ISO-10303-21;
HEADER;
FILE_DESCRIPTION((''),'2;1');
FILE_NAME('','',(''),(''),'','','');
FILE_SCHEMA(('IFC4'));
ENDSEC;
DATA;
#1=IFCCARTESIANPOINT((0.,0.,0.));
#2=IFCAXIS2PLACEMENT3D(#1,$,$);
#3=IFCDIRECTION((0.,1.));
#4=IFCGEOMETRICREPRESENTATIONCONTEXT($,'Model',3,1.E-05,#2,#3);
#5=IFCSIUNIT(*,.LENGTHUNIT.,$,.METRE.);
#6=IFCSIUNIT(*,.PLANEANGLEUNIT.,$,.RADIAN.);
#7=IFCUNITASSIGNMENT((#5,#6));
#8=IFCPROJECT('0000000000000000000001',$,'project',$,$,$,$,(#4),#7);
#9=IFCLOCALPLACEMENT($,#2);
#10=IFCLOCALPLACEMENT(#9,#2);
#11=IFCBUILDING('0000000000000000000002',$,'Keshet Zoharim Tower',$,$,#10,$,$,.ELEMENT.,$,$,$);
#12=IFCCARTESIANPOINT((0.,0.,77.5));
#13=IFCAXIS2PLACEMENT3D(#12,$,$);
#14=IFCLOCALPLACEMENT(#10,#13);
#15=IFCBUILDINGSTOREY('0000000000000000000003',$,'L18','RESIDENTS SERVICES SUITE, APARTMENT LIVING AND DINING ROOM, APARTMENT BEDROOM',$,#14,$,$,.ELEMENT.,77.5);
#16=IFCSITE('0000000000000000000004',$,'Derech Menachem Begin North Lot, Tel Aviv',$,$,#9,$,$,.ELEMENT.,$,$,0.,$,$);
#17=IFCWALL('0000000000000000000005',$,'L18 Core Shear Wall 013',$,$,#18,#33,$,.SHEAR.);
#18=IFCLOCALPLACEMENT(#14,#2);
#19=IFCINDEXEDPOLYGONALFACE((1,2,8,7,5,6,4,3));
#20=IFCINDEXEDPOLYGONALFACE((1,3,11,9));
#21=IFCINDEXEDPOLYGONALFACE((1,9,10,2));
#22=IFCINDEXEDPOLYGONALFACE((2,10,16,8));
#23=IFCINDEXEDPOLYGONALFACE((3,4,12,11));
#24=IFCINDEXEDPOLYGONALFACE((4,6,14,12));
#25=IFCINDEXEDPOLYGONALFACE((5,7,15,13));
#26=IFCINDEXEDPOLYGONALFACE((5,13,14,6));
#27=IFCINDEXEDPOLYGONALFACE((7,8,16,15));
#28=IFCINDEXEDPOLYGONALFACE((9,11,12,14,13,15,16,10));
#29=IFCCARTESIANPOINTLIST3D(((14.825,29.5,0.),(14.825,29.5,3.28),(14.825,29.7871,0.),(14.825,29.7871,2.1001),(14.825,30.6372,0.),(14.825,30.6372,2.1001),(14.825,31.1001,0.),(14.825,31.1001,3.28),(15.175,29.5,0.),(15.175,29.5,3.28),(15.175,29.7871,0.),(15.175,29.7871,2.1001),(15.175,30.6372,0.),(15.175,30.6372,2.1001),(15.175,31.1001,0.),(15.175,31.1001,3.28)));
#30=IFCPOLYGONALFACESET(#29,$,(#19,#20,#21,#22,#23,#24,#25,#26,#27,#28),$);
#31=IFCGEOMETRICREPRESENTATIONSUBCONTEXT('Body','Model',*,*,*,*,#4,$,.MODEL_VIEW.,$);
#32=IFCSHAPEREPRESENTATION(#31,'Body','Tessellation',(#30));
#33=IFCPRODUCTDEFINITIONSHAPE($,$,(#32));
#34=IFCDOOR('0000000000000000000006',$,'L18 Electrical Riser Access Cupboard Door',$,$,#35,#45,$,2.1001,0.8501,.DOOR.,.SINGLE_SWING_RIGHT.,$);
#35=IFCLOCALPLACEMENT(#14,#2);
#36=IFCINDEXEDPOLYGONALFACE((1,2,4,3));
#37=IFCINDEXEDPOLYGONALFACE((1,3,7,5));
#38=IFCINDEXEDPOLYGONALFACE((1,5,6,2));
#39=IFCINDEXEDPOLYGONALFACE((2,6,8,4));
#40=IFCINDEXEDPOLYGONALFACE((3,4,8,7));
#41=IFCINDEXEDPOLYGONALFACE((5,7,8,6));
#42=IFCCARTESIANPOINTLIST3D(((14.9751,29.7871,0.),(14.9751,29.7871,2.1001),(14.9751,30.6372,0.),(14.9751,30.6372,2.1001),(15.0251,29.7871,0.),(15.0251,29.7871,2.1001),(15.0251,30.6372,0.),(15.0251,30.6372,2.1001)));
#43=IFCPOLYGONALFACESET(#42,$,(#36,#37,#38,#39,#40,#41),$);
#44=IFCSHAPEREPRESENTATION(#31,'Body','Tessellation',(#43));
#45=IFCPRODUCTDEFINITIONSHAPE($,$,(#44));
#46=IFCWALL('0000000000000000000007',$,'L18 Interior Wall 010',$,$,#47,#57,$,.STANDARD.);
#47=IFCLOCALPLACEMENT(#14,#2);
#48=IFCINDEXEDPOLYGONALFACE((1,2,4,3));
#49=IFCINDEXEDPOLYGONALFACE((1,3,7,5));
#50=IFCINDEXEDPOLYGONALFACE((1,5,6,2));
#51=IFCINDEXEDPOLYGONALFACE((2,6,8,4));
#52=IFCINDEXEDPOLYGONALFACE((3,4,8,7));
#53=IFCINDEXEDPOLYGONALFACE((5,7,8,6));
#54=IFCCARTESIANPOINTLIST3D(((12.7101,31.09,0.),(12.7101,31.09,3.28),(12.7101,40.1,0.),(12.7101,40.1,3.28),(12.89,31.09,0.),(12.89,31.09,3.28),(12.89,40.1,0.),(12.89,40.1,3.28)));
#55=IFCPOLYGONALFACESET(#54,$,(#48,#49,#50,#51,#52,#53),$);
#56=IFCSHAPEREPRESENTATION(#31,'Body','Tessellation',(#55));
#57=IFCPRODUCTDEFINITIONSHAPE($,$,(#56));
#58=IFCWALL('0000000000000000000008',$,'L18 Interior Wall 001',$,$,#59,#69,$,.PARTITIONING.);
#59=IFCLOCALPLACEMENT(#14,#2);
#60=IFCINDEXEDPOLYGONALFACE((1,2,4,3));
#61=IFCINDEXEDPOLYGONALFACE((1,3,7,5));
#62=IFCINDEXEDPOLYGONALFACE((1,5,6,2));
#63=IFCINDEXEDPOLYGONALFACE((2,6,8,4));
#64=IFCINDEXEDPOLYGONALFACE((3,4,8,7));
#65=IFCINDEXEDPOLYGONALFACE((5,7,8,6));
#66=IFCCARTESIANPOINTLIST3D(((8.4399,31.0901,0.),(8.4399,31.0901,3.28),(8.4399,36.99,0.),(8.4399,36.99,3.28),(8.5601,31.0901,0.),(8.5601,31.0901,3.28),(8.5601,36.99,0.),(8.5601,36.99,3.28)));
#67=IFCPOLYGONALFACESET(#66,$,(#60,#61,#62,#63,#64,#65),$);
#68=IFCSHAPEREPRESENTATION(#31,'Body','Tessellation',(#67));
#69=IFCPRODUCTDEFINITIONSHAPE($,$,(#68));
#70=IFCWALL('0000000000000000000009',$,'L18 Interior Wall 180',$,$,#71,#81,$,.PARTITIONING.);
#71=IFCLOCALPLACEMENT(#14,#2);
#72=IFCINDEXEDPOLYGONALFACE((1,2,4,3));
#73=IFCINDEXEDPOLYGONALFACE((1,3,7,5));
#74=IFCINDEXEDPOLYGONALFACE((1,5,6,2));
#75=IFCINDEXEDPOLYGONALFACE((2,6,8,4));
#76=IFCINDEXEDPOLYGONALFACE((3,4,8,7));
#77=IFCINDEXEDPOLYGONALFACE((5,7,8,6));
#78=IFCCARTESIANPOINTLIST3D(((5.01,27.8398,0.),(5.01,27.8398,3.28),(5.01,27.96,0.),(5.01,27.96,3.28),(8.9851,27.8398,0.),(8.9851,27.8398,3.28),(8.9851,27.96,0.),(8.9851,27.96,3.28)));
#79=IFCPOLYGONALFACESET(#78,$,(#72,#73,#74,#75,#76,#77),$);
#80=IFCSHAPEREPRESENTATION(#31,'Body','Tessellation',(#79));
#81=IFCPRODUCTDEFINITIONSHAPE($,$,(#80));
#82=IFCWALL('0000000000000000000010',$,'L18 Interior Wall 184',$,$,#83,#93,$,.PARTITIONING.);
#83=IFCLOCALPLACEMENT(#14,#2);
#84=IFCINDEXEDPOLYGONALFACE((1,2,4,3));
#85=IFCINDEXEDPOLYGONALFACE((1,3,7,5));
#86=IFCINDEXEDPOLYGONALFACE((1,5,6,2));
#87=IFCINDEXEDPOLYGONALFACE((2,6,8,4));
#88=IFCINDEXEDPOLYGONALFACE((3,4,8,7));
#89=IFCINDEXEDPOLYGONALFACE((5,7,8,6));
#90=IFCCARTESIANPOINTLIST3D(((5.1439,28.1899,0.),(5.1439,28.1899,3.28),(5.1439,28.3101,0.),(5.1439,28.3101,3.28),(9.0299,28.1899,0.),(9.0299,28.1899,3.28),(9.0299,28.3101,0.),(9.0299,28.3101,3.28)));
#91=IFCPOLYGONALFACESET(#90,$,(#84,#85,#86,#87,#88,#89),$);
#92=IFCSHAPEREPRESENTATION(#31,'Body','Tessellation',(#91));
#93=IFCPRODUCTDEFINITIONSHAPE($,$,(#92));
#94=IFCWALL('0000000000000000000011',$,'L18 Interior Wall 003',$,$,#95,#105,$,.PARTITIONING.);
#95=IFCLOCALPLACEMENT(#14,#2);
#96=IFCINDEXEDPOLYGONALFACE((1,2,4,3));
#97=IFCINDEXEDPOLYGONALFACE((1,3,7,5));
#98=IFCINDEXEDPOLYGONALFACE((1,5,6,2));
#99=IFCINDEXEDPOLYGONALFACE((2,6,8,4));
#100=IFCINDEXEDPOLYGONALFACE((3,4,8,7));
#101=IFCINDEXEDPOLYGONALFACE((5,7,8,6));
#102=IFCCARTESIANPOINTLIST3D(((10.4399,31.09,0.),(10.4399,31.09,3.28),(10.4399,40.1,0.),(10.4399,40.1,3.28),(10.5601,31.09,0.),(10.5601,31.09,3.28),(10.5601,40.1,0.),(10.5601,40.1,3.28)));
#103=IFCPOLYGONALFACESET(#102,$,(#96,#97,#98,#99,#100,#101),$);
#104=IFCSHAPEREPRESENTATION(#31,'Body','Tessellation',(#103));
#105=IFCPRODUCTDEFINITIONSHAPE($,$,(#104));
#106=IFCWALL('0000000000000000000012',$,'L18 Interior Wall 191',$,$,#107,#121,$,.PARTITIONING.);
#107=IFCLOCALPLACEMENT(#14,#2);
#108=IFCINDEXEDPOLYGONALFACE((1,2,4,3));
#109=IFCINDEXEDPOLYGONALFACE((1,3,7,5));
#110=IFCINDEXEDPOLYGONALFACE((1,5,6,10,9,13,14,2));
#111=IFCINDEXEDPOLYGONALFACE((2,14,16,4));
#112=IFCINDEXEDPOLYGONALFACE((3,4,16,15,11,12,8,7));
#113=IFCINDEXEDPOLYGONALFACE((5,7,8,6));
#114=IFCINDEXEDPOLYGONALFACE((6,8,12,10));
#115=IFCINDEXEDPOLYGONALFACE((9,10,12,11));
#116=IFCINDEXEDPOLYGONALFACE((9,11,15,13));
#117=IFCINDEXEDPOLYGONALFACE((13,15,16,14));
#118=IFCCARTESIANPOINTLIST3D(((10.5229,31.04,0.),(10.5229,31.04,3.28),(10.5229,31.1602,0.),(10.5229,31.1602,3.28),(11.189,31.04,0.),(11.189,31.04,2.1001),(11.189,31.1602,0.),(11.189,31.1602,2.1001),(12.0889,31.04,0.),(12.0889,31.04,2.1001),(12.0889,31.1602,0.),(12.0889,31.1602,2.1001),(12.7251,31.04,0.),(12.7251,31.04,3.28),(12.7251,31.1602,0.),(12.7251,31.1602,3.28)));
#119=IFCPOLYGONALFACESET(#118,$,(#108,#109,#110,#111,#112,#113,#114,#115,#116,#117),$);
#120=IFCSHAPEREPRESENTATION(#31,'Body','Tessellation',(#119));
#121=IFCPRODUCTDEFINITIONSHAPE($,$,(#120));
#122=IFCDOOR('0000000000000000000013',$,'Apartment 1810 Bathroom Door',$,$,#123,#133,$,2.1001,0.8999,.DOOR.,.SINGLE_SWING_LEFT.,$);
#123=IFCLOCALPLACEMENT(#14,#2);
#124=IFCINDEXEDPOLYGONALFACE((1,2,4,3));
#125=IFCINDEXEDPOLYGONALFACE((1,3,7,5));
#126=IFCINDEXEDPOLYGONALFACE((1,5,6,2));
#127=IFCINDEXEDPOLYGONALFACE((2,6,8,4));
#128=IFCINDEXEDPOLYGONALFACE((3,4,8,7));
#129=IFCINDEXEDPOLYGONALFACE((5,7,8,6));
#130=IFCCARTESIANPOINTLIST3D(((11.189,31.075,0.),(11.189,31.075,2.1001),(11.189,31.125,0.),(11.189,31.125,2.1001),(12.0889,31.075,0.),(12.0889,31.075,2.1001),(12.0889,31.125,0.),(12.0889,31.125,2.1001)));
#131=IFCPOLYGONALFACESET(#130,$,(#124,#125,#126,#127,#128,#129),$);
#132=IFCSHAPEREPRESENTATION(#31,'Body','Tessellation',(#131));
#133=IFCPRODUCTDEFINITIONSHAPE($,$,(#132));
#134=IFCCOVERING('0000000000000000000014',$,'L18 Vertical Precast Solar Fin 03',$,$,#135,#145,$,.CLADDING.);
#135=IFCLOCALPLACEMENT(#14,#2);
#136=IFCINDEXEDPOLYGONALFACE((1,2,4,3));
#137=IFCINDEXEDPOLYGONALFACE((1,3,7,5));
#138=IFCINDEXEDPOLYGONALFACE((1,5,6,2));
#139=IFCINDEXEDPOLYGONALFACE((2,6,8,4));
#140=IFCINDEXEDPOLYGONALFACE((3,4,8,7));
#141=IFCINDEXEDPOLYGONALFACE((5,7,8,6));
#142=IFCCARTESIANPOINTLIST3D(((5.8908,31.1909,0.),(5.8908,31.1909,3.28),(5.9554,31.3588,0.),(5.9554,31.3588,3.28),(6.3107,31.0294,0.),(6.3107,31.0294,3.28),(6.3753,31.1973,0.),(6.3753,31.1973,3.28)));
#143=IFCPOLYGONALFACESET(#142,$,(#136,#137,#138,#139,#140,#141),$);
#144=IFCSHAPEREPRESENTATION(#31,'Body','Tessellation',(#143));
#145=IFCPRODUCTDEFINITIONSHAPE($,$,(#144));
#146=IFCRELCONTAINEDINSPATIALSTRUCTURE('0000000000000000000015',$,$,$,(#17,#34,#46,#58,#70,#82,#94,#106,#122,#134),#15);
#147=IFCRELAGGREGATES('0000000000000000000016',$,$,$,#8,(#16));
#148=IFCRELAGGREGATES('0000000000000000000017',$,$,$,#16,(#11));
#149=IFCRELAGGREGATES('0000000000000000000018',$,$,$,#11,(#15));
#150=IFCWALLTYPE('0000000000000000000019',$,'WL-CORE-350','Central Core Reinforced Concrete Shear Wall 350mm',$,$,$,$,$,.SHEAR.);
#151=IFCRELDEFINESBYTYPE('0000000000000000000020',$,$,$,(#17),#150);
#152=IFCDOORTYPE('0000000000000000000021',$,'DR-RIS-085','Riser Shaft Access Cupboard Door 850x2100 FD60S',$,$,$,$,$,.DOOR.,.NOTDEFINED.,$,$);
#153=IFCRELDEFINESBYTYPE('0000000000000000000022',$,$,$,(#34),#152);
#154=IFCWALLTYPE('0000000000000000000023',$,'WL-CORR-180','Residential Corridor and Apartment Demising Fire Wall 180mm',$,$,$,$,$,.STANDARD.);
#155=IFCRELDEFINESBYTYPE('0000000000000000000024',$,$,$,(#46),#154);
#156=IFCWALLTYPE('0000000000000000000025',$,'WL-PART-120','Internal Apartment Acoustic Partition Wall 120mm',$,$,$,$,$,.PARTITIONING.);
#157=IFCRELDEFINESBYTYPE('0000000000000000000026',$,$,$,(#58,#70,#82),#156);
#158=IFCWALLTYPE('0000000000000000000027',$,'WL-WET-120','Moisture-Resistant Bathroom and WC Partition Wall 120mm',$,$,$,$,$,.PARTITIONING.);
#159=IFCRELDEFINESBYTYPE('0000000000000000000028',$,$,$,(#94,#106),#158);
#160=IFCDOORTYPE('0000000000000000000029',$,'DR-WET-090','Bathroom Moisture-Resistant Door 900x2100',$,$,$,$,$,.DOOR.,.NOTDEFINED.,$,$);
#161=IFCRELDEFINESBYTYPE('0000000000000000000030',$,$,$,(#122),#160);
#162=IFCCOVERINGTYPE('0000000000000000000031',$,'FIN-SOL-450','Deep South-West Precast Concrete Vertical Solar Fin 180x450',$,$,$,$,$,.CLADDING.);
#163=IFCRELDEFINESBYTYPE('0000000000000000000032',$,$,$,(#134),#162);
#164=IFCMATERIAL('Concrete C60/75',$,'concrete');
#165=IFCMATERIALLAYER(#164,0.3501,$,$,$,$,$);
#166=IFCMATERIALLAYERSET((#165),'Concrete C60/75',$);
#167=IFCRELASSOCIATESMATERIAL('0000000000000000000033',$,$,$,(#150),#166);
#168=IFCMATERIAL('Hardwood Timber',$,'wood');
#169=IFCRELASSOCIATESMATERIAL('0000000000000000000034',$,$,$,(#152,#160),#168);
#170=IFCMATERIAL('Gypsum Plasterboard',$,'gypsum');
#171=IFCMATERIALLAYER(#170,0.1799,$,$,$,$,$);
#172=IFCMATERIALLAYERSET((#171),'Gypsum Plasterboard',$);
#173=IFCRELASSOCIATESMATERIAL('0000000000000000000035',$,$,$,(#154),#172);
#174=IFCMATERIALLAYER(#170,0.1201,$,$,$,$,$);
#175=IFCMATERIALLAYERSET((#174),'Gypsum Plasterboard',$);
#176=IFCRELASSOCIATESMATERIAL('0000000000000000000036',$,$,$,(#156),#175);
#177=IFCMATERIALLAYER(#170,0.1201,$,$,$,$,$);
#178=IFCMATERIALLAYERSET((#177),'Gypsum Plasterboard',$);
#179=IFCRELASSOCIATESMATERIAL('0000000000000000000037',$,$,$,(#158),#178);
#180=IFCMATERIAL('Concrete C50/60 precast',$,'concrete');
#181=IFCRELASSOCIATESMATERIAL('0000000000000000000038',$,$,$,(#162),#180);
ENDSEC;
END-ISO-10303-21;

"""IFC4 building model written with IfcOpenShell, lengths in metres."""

from ifc_helpers import new_model, si_unit, direction, frame, frame_2d, origin, origin_2d, place, context, subcontext, project, spatial, rectangle, extrude, material, layer, layer_set, type_object, element, fill, save


model = new_model("IFC4")

# Units and contexts
model_context = context("Model", 3, precision=1e-05, world=origin(), true_north=direction((0.0, 1.0)))
body_context = subcontext(model_context, "Body", "Model", "MODEL_VIEW")
ifc_project = project(units=[si_unit("LENGTHUNIT", "METRE"), si_unit("PLANEANGLEUNIT", "RADIAN")], contexts=[model_context])

# Site, building, storey
site_placement = place(None, origin())
site = spatial("IfcSite", under=ifc_project, at=site_placement, Name="Derech Menachem Begin North Lot, Tel Aviv", CompositionType="ELEMENT", RefElevation=0.0)
building_placement = place(site_placement, origin())
building = spatial("IfcBuilding", under=site, at=building_placement, Name="Keshet Zoharim Tower", CompositionType="ELEMENT")
storey_placement = place(building_placement, frame((0.0, 0.0, 77.5)))
storey = spatial("IfcBuildingStorey", under=building, at=storey_placement, Name="L18", Description="RESIDENTS SERVICES SUITE, APARTMENT LIVING AND DINING ROOM, APARTMENT BEDROOM", CompositionType="ELEMENT", Elevation=77.5)

# Wall, opening, door
ifc_material_1 = material(Name="Concrete C60/75", Category="concrete")
ifc_layer_1 = layer(ifc_material_1, 0.3501)
ifc_layer_set_1 = layer_set([ifc_layer_1], Name="Concrete C60/75")
wall_type_1 = type_object("IfcWallType", Name="WL-CORE-350", Description="Central Core Reinforced Concrete Shear Wall 350mm", PredefinedType="SHEAR", material=ifc_layer_set_1)
wall_1_placement = place(storey_placement, frame((15.0, 29.5, 0.0), z_axis=(0.0, 0.0, 1.0), x_axis=(0.0, 1.0, 0.0)))
wall_1 = element("IfcWall", 1, at=wall_1_placement, inside=storey, type_object=wall_type_1, Name="L18 Core Shear Wall 013", PredefinedType="SHEAR", context=body_context, shape_type="SweptSolid", body=[
    extrude(rectangle(XDim=1.6001, YDim=0.3501, at=frame_2d((0.8, 0.0))), origin(), (0.0, 0.0, 1.0), 3.28),
])
opening_1_placement = place(wall_1_placement, frame((0.2871, 0.0, 0.0)))
opening_1 = element("IfcOpeningElement", 2, at=opening_1_placement, cuts=wall_1, PredefinedType="OPENING", context=body_context, shape_type="SweptSolid", body=[
    extrude(rectangle(XDim=0.8501, YDim=2.1001, at=frame_2d((0.425, 1.05))), frame((0.0, 0.1851, 0.0), z_axis=(0.0, -1.0, 0.0), x_axis=(1.0, 0.0, 0.0)), (0.0, 0.0, 1.0), 0.3701),
])
ifc_material_2 = material(Name="Hardwood Timber", Category="wood")
door_type_1 = type_object("IfcDoorType", Name="DR-RIS-085", Description="Riser Shaft Access Cupboard Door 850x2100 FD60S", OperationType="NOTDEFINED", PredefinedType="DOOR", material=ifc_material_2)
door_1_placement = place(opening_1_placement, origin())
door_1 = element("IfcDoor", 3, at=door_1_placement, inside=storey, type_object=door_type_1, Name="L18 Electrical Riser Access Cupboard Door", OperationType="SINGLE_SWING_RIGHT", OverallHeight=2.1001, OverallWidth=0.8501, PredefinedType="DOOR", context=body_context, shape_type="SweptSolid", body=[
    extrude(rectangle(XDim=0.8501, YDim=2.1001, at=frame_2d((0.425, 1.05))), frame((0.0, 0.0249, 0.0), z_axis=(0.0, -1.0, 0.0), x_axis=(1.0, 0.0, 0.0)), (0.0, 0.0, 1.0), 0.05),
])
fill(opening_1, door_1)
ifc_material_3 = material(Name="Gypsum Plasterboard", Category="gypsum")
ifc_layer_2 = layer(ifc_material_3, 0.1799)
ifc_layer_set_2 = layer_set([ifc_layer_2], Name="Gypsum Plasterboard")
wall_type_2 = type_object("IfcWallType", Name="WL-CORR-180", Description="Residential Corridor and Apartment Demising Fire Wall 180mm", PredefinedType="STANDARD", material=ifc_layer_set_2)

# Walls
wall_2_placement = place(storey_placement, frame((12.8, 31.0901, 0.0), z_axis=(0.0, 0.0, 1.0), x_axis=(0.0, 1.0, 0.0)))
element("IfcWall", 4, at=wall_2_placement, inside=storey, type_object=wall_type_2, Name="L18 Interior Wall 010", PredefinedType="STANDARD", context=body_context, shape_type="SweptSolid", body=[
    extrude(rectangle(XDim=9.01, YDim=0.1799, at=frame_2d((4.5049, 0.0))), origin(), (0.0, 0.0, 1.0), 3.28),
])
ifc_layer_3 = layer(ifc_material_3, 0.1201)
ifc_layer_set_3 = layer_set([ifc_layer_3], Name="Gypsum Plasterboard")
wall_type_3 = type_object("IfcWallType", Name="WL-PART-120", Description="Internal Apartment Acoustic Partition Wall 120mm", PredefinedType="PARTITIONING", material=ifc_layer_set_3)
wall_3_placement = place(storey_placement, frame((8.5, 31.0901, 0.0), z_axis=(0.0, 0.0, 1.0), x_axis=(0.0, 1.0, 0.0)))
element("IfcWall", 5, at=wall_3_placement, inside=storey, type_object=wall_type_3, Name="L18 Interior Wall 001", PredefinedType="PARTITIONING", context=body_context, shape_type="SweptSolid", body=[
    extrude(rectangle(XDim=5.8999, YDim=0.1201, at=frame_2d((2.95, 0.0))), origin(), (0.0, 0.0, 1.0), 3.28),
])
wall_4_placement = place(storey_placement, frame((5.01, 27.8999, 0.0), z_axis=(0.0, 0.0, 1.0), x_axis=(1.0, 0.0, 0.0)))
element("IfcWall", 6, at=wall_4_placement, inside=storey, type_object=wall_type_3, Name="L18 Interior Wall 180", PredefinedType="PARTITIONING", context=body_context, shape_type="SweptSolid", body=[
    extrude(rectangle(XDim=3.9751, YDim=0.1201, at=frame_2d((1.9875, 0.0))), origin(), (0.0, 0.0, 1.0), 3.28),
])
wall_5_placement = place(storey_placement, frame((5.144, 28.25, 0.0), z_axis=(0.0, 0.0, 1.0), x_axis=(1.0, 0.0, 0.0)))
element("IfcWall", 7, at=wall_5_placement, inside=storey, type_object=wall_type_3, Name="L18 Interior Wall 184", PredefinedType="PARTITIONING", context=body_context, shape_type="SweptSolid", body=[
    extrude(rectangle(XDim=3.886, YDim=0.1201, at=frame_2d((1.9429, 0.0))), origin(), (0.0, 0.0, 1.0), 3.28),
])

# Wall
ifc_layer_4 = layer(ifc_material_3, 0.1201)
ifc_layer_set_4 = layer_set([ifc_layer_4], Name="Gypsum Plasterboard")
wall_type_4 = type_object("IfcWallType", Name="WL-WET-120", Description="Moisture-Resistant Bathroom and WC Partition Wall 120mm", PredefinedType="PARTITIONING", material=ifc_layer_set_4)
wall_6_placement = place(storey_placement, frame((10.5, 31.0901, 0.0), z_axis=(0.0, 0.0, 1.0), x_axis=(0.0, 1.0, 0.0)))
element("IfcWall", 8, at=wall_6_placement, inside=storey, type_object=wall_type_4, Name="L18 Interior Wall 003", PredefinedType="PARTITIONING", context=body_context, shape_type="SweptSolid", body=[
    extrude(rectangle(XDim=9.01, YDim=0.1201, at=frame_2d((4.5049, 0.0))), origin(), (0.0, 0.0, 1.0), 3.28),
])

# Wall, opening, door
wall_7_placement = place(storey_placement, frame((10.5229, 31.1001, 0.0), z_axis=(0.0, 0.0, 1.0), x_axis=(1.0, 0.0, 0.0)))
wall_7 = element("IfcWall", 9, at=wall_7_placement, inside=storey, type_object=wall_type_4, Name="L18 Interior Wall 191", PredefinedType="PARTITIONING", context=body_context, shape_type="SweptSolid", body=[
    extrude(rectangle(XDim=2.2021, YDim=0.1201, at=frame_2d((1.1011, 0.0))), origin(), (0.0, 0.0, 1.0), 3.28),
])
opening_2_placement = place(wall_7_placement, frame((0.666, 0.0, 0.0)))
opening_2 = element("IfcOpeningElement", 10, at=opening_2_placement, cuts=wall_7, PredefinedType="OPENING", context=body_context, shape_type="SweptSolid", body=[
    extrude(rectangle(XDim=0.8999, YDim=2.1001, at=frame_2d((0.45, 1.05))), frame((0.0, 0.0701, 0.0), z_axis=(0.0, -1.0, 0.0), x_axis=(1.0, 0.0, 0.0)), (0.0, 0.0, 1.0), 0.1401),
])
door_type_2 = type_object("IfcDoorType", Name="DR-WET-090", Description="Bathroom Moisture-Resistant Door 900x2100", OperationType="NOTDEFINED", PredefinedType="DOOR", material=ifc_material_2)
door_2_placement = place(opening_2_placement, origin())
door_2 = element("IfcDoor", 11, at=door_2_placement, inside=storey, type_object=door_type_2, Name="Apartment 1810 Bathroom Door", OperationType="SINGLE_SWING_LEFT", OverallHeight=2.1001, OverallWidth=0.8999, PredefinedType="DOOR", context=body_context, shape_type="SweptSolid", body=[
    extrude(rectangle(XDim=0.8999, YDim=2.1001, at=frame_2d((0.45, 1.05))), frame((0.0, 0.0249, 0.0), z_axis=(0.0, -1.0, 0.0), x_axis=(1.0, 0.0, 0.0)), (0.0, 0.0, 1.0), 0.05),
])
fill(opening_2, door_2)

# Covering
ifc_material_4 = material(Name="Concrete C50/60 precast", Category="concrete")
covering_type = type_object("IfcCoveringType", Name="FIN-SOL-450", Description="Deep South-West Precast Concrete Vertical Solar Fin 180x450", PredefinedType="CLADDING", material=ifc_material_4)
covering_placement = place(storey_placement, frame((6.1331, 31.1941, 0.0), z_axis=(0.0, 0.0, 1.0), x_axis=(0.35899, 0.933341, 0.0)))
element("IfcCovering", 12, at=covering_placement, inside=storey, type_object=covering_type, Name="L18 Vertical Precast Solar Fin 03", PredefinedType="CLADDING", context=body_context, shape_type="SweptSolid", body=[
    extrude(rectangle(XDim=0.1799, YDim=0.45, at=origin_2d()), origin(), (0.0, 0.0, 1.0), 3.28),
])

save(model, "model.ifc")
